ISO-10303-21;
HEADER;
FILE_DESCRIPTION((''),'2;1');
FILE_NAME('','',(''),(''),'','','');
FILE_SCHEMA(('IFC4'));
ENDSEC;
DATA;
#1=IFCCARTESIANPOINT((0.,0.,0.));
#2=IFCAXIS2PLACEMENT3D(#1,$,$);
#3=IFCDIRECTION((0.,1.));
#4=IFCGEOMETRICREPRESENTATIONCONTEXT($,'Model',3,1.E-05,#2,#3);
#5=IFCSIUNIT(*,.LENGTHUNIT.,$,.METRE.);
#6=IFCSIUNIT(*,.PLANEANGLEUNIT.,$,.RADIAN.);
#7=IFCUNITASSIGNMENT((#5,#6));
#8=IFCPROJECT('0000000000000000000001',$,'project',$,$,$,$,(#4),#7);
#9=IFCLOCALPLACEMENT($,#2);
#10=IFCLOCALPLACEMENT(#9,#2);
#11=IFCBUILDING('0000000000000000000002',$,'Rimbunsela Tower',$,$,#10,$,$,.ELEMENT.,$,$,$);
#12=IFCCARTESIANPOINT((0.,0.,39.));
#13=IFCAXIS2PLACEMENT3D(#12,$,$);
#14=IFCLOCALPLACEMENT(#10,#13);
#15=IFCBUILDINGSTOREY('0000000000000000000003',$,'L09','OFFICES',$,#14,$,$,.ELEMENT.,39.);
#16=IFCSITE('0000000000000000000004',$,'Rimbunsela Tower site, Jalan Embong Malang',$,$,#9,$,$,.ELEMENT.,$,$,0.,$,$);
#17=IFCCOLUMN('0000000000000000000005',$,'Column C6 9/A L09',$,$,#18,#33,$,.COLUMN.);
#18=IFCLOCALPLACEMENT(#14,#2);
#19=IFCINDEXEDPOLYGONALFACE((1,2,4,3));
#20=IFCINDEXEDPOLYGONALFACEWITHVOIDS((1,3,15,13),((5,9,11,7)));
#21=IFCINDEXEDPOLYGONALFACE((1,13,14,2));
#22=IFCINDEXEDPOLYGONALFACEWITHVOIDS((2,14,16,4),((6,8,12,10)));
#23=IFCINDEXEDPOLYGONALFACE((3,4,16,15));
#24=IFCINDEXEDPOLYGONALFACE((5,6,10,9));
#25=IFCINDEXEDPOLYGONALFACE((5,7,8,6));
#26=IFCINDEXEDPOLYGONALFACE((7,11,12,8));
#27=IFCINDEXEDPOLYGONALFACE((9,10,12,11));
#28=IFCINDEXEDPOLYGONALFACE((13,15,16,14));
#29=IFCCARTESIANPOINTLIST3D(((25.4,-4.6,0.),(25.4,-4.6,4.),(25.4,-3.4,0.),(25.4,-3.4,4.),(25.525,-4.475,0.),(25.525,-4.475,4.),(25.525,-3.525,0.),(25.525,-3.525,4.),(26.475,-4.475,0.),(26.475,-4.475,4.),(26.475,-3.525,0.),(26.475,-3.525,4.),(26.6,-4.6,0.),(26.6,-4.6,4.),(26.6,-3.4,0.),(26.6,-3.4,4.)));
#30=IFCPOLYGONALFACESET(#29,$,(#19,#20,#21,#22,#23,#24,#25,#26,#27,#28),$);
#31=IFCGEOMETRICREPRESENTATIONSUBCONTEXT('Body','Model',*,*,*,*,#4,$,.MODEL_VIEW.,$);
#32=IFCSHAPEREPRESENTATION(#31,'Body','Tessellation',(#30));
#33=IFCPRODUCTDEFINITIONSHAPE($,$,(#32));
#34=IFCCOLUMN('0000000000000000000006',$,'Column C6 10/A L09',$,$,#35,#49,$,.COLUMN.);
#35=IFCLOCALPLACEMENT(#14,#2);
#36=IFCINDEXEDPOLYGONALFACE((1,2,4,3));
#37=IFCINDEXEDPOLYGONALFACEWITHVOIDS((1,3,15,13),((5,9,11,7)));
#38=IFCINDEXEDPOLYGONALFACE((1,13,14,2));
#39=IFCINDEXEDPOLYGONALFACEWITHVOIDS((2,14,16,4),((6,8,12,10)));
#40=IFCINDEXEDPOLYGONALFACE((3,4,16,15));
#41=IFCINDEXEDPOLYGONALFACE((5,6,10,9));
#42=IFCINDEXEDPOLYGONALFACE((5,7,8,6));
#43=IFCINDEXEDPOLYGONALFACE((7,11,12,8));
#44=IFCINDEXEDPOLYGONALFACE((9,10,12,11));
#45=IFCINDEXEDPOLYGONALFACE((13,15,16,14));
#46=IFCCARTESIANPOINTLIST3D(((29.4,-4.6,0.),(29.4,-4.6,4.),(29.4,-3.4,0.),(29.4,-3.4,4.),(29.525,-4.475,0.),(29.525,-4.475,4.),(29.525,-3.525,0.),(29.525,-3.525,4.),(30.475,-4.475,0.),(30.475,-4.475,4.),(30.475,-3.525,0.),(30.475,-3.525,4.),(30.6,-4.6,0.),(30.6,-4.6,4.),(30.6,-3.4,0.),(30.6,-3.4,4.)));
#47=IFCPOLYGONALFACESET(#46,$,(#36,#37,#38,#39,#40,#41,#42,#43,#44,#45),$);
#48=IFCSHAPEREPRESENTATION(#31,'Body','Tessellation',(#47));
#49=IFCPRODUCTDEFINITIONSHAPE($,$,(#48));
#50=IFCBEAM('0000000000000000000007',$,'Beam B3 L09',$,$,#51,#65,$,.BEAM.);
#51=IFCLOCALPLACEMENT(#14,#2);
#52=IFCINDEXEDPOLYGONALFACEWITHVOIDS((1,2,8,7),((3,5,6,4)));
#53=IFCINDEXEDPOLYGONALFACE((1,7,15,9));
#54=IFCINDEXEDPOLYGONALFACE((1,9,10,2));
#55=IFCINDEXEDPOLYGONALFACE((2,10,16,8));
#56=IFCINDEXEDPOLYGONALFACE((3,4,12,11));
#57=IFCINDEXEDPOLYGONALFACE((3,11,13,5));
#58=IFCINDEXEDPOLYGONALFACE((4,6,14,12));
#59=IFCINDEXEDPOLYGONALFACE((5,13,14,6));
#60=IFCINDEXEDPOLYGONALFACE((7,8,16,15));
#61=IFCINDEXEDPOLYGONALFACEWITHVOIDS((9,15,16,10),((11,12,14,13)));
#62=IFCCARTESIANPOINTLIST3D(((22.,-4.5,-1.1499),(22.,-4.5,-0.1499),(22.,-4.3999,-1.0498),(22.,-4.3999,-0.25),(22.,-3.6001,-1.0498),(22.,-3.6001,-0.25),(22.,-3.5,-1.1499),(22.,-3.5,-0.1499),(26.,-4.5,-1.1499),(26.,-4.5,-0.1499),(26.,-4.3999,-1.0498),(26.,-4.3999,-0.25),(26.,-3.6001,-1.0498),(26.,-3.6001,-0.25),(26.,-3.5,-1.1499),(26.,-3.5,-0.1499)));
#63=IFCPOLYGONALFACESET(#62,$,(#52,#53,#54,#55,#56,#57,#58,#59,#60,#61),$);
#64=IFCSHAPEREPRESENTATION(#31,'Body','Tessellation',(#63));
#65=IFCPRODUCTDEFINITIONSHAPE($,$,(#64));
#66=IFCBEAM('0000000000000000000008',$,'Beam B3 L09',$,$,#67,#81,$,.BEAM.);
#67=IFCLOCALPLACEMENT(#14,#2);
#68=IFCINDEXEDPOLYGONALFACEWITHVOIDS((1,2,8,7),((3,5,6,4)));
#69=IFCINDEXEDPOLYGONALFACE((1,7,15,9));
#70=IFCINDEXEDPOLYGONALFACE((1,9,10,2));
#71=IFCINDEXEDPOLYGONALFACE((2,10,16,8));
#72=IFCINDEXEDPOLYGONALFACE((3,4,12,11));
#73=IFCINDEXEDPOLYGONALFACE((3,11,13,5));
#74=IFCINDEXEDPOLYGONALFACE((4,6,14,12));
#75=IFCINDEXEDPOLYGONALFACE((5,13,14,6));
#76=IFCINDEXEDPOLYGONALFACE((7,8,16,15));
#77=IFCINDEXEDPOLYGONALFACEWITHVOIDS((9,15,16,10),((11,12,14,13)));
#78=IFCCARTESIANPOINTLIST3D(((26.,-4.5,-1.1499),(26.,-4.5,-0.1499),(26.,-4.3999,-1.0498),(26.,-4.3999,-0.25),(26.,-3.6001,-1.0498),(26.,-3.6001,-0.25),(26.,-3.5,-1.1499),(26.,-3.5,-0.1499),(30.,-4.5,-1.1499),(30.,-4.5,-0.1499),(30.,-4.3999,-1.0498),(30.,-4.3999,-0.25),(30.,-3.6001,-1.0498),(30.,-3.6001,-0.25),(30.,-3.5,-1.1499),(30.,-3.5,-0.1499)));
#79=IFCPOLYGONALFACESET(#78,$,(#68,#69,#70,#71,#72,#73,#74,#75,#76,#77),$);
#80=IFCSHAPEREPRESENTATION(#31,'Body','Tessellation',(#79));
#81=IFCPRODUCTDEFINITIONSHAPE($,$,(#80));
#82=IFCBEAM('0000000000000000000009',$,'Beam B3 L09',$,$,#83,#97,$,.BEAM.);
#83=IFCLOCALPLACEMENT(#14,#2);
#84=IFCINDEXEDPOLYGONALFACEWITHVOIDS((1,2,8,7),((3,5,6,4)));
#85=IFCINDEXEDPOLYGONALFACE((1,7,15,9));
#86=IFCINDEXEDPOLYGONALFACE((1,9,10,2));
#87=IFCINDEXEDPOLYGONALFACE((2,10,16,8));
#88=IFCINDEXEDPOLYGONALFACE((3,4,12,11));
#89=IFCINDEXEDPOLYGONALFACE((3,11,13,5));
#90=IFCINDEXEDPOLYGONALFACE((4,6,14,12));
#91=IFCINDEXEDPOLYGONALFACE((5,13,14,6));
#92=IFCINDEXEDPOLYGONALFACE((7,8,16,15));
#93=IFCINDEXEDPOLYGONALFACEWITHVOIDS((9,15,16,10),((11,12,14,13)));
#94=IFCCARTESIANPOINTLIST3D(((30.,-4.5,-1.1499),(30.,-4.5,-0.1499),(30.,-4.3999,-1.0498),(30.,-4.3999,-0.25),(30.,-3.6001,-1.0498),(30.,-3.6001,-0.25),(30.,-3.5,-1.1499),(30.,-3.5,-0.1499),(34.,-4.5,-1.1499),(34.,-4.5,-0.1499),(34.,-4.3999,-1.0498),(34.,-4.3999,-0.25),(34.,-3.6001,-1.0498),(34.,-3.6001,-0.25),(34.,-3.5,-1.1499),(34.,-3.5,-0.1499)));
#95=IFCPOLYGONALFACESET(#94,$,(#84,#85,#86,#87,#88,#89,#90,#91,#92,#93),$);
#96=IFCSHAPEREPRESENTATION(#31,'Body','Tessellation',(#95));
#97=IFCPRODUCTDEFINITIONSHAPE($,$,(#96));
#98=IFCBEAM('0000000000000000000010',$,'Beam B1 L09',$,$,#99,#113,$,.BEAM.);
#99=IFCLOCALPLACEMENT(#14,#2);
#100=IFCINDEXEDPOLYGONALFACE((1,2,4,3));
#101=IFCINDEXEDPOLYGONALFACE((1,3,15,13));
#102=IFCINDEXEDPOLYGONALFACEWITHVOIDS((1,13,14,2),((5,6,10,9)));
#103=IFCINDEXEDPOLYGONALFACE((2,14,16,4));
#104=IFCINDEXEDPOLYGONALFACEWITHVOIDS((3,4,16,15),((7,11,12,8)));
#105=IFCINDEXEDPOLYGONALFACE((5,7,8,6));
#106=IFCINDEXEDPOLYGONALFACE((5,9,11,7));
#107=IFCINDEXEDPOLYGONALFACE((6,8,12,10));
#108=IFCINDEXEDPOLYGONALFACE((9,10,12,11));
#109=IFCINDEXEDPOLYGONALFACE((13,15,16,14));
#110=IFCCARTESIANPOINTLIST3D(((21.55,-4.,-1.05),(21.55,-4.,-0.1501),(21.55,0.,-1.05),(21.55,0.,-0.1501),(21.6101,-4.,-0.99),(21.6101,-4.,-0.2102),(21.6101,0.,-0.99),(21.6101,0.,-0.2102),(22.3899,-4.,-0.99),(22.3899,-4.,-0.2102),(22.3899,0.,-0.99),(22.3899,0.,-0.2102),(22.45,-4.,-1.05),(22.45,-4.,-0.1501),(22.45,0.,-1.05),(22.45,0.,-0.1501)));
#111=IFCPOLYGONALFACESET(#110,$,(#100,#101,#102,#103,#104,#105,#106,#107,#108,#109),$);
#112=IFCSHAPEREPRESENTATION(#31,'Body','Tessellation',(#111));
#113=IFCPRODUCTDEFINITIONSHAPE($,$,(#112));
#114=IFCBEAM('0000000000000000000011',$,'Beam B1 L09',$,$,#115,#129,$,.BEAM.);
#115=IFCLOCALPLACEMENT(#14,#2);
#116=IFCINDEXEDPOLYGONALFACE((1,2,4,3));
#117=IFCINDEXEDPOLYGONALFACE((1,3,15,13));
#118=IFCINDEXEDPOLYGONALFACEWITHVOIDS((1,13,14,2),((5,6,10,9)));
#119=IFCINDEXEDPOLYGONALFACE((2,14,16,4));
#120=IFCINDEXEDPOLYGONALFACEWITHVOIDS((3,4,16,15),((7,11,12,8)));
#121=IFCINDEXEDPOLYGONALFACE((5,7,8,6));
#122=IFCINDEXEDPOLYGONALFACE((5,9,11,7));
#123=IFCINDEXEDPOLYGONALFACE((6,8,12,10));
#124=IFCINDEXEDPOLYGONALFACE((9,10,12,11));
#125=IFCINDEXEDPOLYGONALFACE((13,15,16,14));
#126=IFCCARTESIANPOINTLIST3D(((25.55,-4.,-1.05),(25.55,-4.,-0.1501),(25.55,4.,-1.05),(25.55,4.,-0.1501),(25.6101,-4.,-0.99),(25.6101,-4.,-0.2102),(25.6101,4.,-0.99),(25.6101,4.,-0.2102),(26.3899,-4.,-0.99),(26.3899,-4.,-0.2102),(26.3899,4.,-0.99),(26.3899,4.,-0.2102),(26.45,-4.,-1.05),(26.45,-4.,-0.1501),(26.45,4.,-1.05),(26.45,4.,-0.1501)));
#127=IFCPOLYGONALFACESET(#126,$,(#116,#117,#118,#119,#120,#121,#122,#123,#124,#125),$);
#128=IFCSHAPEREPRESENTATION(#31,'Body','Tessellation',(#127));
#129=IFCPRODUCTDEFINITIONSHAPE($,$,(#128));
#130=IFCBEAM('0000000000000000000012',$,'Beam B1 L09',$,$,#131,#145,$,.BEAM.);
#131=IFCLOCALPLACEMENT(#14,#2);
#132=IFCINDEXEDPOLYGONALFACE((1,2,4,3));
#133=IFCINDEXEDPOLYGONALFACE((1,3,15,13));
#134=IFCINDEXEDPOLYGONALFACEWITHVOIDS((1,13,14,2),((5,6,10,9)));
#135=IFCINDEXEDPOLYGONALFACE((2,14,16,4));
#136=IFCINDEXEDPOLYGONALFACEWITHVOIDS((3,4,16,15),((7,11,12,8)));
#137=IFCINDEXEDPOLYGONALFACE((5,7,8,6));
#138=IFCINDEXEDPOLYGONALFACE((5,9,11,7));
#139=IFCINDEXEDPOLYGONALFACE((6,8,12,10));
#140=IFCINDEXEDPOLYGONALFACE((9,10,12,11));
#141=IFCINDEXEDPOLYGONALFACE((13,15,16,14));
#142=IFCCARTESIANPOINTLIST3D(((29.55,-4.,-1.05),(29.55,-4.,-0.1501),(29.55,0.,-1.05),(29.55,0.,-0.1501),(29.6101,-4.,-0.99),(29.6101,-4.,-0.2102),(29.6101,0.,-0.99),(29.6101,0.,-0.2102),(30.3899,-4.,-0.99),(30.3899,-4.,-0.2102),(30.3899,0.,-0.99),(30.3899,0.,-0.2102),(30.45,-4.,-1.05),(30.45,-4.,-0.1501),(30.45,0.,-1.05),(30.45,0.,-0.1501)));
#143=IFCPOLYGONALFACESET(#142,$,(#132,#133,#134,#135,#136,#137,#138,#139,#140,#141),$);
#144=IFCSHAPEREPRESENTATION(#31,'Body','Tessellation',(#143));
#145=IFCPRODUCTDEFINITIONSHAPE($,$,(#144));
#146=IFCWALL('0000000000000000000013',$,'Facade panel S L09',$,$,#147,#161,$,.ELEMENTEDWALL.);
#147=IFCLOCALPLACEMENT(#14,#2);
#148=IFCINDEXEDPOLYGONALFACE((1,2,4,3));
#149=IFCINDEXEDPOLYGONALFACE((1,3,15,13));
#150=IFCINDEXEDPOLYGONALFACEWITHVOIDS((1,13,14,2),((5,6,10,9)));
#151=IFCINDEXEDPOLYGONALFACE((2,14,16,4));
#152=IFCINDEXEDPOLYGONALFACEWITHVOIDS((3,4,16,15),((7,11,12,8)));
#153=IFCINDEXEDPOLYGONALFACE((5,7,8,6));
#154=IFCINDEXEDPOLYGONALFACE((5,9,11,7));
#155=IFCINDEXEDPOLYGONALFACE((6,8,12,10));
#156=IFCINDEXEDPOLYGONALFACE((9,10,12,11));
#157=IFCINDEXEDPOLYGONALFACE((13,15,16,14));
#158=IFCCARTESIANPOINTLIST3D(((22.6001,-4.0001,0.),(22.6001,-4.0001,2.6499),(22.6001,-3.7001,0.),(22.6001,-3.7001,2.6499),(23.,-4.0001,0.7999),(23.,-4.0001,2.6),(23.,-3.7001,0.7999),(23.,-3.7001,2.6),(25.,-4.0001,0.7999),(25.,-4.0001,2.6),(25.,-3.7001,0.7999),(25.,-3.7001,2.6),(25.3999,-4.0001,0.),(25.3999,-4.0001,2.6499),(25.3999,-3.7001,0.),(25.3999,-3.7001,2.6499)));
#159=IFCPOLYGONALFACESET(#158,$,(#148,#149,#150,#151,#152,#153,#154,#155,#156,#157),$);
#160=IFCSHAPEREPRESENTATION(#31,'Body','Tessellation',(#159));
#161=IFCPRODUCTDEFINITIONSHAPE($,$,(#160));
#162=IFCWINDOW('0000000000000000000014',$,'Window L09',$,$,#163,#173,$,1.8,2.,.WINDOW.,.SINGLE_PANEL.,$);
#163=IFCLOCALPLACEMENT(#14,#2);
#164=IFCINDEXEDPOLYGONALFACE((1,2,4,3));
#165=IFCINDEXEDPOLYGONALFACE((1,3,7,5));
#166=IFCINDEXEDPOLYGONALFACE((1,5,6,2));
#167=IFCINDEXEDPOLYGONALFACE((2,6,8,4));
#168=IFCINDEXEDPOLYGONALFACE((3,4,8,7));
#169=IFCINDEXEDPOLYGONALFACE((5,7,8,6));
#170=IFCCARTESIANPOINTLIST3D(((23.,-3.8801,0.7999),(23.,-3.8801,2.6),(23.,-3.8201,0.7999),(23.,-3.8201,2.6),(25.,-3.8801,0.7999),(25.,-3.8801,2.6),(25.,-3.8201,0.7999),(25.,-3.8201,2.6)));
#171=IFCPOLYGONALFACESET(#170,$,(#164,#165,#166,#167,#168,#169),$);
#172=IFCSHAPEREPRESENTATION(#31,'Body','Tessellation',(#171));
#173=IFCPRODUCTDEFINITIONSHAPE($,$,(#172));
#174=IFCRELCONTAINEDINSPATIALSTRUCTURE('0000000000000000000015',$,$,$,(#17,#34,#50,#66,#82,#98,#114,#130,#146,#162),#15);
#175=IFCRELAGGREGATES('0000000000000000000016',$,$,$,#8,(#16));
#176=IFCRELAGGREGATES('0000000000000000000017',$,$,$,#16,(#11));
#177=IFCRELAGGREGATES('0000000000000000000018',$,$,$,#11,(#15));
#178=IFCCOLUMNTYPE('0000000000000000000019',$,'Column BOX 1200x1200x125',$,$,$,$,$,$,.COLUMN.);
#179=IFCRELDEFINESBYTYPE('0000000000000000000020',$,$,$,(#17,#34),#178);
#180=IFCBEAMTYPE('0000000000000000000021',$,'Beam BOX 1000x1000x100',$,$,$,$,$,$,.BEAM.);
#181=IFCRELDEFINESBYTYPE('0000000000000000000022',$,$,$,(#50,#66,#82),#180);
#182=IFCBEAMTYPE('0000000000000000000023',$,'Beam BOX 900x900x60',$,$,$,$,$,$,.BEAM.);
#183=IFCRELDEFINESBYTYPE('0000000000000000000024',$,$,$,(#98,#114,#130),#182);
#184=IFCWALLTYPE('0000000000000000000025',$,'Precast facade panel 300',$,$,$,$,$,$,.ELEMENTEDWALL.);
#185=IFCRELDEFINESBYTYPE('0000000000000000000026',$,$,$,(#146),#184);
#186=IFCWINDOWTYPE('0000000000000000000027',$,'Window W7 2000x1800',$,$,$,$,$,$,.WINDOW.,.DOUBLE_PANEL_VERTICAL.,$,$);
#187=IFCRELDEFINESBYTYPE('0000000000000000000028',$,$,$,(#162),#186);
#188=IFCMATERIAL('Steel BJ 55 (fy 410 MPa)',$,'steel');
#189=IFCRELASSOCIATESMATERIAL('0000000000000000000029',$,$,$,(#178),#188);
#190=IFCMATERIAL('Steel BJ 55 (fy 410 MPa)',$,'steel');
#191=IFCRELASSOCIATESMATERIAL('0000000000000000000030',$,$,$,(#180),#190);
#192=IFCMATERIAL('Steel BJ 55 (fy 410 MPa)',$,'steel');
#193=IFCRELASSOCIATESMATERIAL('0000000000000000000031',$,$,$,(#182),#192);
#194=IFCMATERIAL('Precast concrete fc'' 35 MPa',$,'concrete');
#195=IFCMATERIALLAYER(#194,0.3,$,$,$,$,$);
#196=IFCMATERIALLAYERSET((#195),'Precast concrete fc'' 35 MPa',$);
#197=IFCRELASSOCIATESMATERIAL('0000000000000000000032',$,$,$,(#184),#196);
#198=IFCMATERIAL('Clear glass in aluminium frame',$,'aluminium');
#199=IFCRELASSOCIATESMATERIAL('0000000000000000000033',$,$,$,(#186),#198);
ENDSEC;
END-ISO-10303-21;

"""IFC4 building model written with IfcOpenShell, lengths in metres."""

from ifc_helpers import new_model, si_unit, direction, frame, frame_2d, origin, origin_2d, place, context, subcontext, project, spatial, rectangle, hollow_rectangle, extrude, material, layer, layer_set, material_profile, profile_set, type_object, element, fill, save


model = new_model("IFC4")

# Units and contexts
model_context = context("Model", 3, precision=1e-05, world=origin(), true_north=direction((0.0, 1.0)))
body_context = subcontext(model_context, "Body", "Model", "MODEL_VIEW")
ifc_project = project(units=[si_unit("LENGTHUNIT", "METRE"), si_unit("PLANEANGLEUNIT", "RADIAN")], contexts=[model_context])

# Site, building, storey
site_placement = place(None, origin())
site = spatial("IfcSite", under=ifc_project, at=site_placement, Name="Rimbunsela Tower site, Jalan Embong Malang", CompositionType="ELEMENT", RefElevation=0.0)
building_placement = place(site_placement, origin())
building = spatial("IfcBuilding", under=site, at=building_placement, Name="Rimbunsela Tower", CompositionType="ELEMENT")
storey_placement = place(building_placement, frame((0.0, 0.0, 39.0)))
storey = spatial("IfcBuildingStorey", under=building, at=storey_placement, Name="L09", Description="OFFICES", CompositionType="ELEMENT", Elevation=39.0)

# Columns
ifc_material_1 = material(Name="Steel BJ 55 (fy 410 MPa)", Category="steel")
ifc_material_profile_1 = material_profile(ifc_material_1, hollow_rectangle(XDim=1.2, YDim=1.2, WallThickness=0.125, at=origin_2d()), Name="BOX 1200x1200x125")
ifc_profile_set_1 = profile_set([ifc_material_profile_1], Name="Steel BJ 55 (fy 410 MPa)")
column_type = type_object("IfcColumnType", Name="Column BOX 1200x1200x125", PredefinedType="COLUMN", material=ifc_profile_set_1)
for number, where, z_axis, x_axis, name in (
    (1, (26.0, -4.0, 0.0), (0.0, 0.0, 1.0), (1.0, 0.0, 0.0), "Column C6 9/A L09"),
    (2, (30.0, -4.0, 0.0), (0.0, 0.0, 1.0), (1.0, 0.0, 0.0), "Column C6 10/A L09"),
):
    element("IfcColumn", number, at=place(storey_placement, frame(where, z_axis=z_axis, x_axis=x_axis)), inside=storey, type_object=column_type, Name=name, PredefinedType="COLUMN", context=body_context, shape_type="SweptSolid", body=[
        extrude(hollow_rectangle(XDim=1.2, YDim=1.2, WallThickness=0.125, at=origin_2d()), origin(), (0.0, 0.0, 1.0), 4.0),
    ])

# Beams
ifc_material_2 = material(Name="Steel BJ 55 (fy 410 MPa)", Category="steel")
ifc_material_profile_2 = material_profile(ifc_material_2, hollow_rectangle(XDim=1.0, YDim=1.0, WallThickness=0.1001, at=origin_2d()), Name="BOX 1000x1000x100")
ifc_profile_set_2 = profile_set([ifc_material_profile_2], Name="Steel BJ 55 (fy 410 MPa)")
beam_type_1 = type_object("IfcBeamType", Name="Beam BOX 1000x1000x100", PredefinedType="BEAM", material=ifc_profile_set_2)
for number, where, z_axis, x_axis, name in (
    (3, (22.0, -4.0, -0.6499), (1.0, 0.0, 0.0), (0.0, 1.0, 0.0), "Beam B3 L09"),
    (4, (26.0, -4.0, -0.6499), (1.0, 0.0, 0.0), (0.0, 1.0, 0.0), "Beam B3 L09"),
    (5, (30.0, -4.0, -0.6499), (1.0, 0.0, 0.0), (0.0, 1.0, 0.0), "Beam B3 L09"),
):
    element("IfcBeam", number, at=place(storey_placement, frame(where, z_axis=z_axis, x_axis=x_axis)), inside=storey, type_object=beam_type_1, Name=name, PredefinedType="BEAM", context=body_context, shape_type="SweptSolid", body=[
        extrude(hollow_rectangle(XDim=1.0, YDim=1.0, WallThickness=0.1001, at=origin_2d()), origin(), (0.0, 0.0, 1.0), 4.0),
    ])
ifc_material_3 = material(Name="Steel BJ 55 (fy 410 MPa)", Category="steel")
ifc_material_profile_3 = material_profile(ifc_material_3, hollow_rectangle(XDim=0.8999, YDim=0.8999, WallThickness=0.0601, at=origin_2d()), Name="BOX 900x900x60")
ifc_profile_set_3 = profile_set([ifc_material_profile_3], Name="Steel BJ 55 (fy 410 MPa)")
beam_type_2 = type_object("IfcBeamType", Name="Beam BOX 900x900x60", PredefinedType="BEAM", material=ifc_profile_set_3)
beam_1_placement = place(storey_placement, frame((22.0, -4.0, -0.6001), z_axis=(0.0, 1.0, 0.0), x_axis=(-1.0, 0.0, 0.0)))
element("IfcBeam", 6, at=beam_1_placement, inside=storey, type_object=beam_type_2, Name="Beam B1 L09", PredefinedType="BEAM", context=body_context, shape_type="SweptSolid", body=[
    extrude(hollow_rectangle(XDim=0.8999, YDim=0.8999, WallThickness=0.0601, at=origin_2d()), origin(), (0.0, 0.0, 1.0), 4.0),
])
beam_2_placement = place(storey_placement, frame((26.0, -4.0, -0.6001), z_axis=(0.0, 1.0, 0.0), x_axis=(-1.0, 0.0, 0.0)))
element("IfcBeam", 7, at=beam_2_placement, inside=storey, type_object=beam_type_2, Name="Beam B1 L09", PredefinedType="BEAM", context=body_context, shape_type="SweptSolid", body=[
    extrude(hollow_rectangle(XDim=0.8999, YDim=0.8999, WallThickness=0.0601, at=origin_2d()), origin(), (0.0, 0.0, 1.0), 8.0),
])
beam_3_placement = place(storey_placement, frame((30.0, -4.0, -0.6001), z_axis=(0.0, 1.0, 0.0), x_axis=(-1.0, 0.0, 0.0)))
element("IfcBeam", 8, at=beam_3_placement, inside=storey, type_object=beam_type_2, Name="Beam B1 L09", PredefinedType="BEAM", context=body_context, shape_type="SweptSolid", body=[
    extrude(hollow_rectangle(XDim=0.8999, YDim=0.8999, WallThickness=0.0601, at=origin_2d()), origin(), (0.0, 0.0, 1.0), 4.0),
])

# Wall, opening, window
ifc_material_4 = material(Name="Precast concrete fc' 35 MPa", Category="concrete")
ifc_layer_1 = layer(ifc_material_4, 0.3)
ifc_layer_set_1 = layer_set([ifc_layer_1], Name="Precast concrete fc' 35 MPa")
wall_type_1 = type_object("IfcWallType", Name="Precast facade panel 300", PredefinedType="ELEMENTEDWALL", material=ifc_layer_set_1)
wall_1_placement = place(storey_placement, frame((22.6001, -3.8501, 0.0), z_axis=(0.0, 0.0, 1.0), x_axis=(1.0, 0.0, 0.0)))
wall_1 = element("IfcWall", 9, at=wall_1_placement, inside=storey, type_object=wall_type_1, Name="Facade panel S L09", PredefinedType="ELEMENTEDWALL", context=body_context, shape_type="SweptSolid", body=[
    extrude(rectangle(XDim=2.7998, YDim=0.3, at=frame_2d((1.3999, 0.0))), origin(), (0.0, 0.0, 1.0), 2.6499),
])
opening_1_placement = place(wall_1_placement, frame((0.3999, 0.0, 0.8)))
opening_1 = element("IfcOpeningElement", 10, at=opening_1_placement, cuts=wall_1, PredefinedType="OPENING", context=body_context, shape_type="SweptSolid", body=[
    extrude(rectangle(XDim=2.0, YDim=1.8, at=frame_2d((1.0, 0.8999))), frame((0.0, 0.1599, 0.0), z_axis=(0.0, -1.0, 0.0), x_axis=(1.0, 0.0, 0.0)), (0.0, 0.0, 1.0), 0.3201),
])
ifc_material_5 = material(Name="Clear glass in aluminium frame", Category="aluminium")
window_type_1 = type_object("IfcWindowType", Name="Window W7 2000x1800", PartitioningType="DOUBLE_PANEL_VERTICAL", PredefinedType="WINDOW", material=ifc_material_5)
window_1_placement = place(opening_1_placement, origin())
window_1 = element("IfcWindow", 11, at=window_1_placement, inside=storey, type_object=window_type_1, Name="Window L09", OverallHeight=1.8, OverallWidth=2.0, PartitioningType="SINGLE_PANEL", PredefinedType="WINDOW", context=body_context, shape_type="SweptSolid", body=[
    extrude(rectangle(XDim=2.0, YDim=1.8, at=frame_2d((1.0, 0.8999))), frame((0.0, 0.03, 0.0), z_axis=(0.0, -1.0, 0.0), x_axis=(1.0, 0.0, 0.0)), (0.0, 0.0, 1.0), 0.0601),
])
fill(opening_1, window_1)

save(model, "model.ifc")
